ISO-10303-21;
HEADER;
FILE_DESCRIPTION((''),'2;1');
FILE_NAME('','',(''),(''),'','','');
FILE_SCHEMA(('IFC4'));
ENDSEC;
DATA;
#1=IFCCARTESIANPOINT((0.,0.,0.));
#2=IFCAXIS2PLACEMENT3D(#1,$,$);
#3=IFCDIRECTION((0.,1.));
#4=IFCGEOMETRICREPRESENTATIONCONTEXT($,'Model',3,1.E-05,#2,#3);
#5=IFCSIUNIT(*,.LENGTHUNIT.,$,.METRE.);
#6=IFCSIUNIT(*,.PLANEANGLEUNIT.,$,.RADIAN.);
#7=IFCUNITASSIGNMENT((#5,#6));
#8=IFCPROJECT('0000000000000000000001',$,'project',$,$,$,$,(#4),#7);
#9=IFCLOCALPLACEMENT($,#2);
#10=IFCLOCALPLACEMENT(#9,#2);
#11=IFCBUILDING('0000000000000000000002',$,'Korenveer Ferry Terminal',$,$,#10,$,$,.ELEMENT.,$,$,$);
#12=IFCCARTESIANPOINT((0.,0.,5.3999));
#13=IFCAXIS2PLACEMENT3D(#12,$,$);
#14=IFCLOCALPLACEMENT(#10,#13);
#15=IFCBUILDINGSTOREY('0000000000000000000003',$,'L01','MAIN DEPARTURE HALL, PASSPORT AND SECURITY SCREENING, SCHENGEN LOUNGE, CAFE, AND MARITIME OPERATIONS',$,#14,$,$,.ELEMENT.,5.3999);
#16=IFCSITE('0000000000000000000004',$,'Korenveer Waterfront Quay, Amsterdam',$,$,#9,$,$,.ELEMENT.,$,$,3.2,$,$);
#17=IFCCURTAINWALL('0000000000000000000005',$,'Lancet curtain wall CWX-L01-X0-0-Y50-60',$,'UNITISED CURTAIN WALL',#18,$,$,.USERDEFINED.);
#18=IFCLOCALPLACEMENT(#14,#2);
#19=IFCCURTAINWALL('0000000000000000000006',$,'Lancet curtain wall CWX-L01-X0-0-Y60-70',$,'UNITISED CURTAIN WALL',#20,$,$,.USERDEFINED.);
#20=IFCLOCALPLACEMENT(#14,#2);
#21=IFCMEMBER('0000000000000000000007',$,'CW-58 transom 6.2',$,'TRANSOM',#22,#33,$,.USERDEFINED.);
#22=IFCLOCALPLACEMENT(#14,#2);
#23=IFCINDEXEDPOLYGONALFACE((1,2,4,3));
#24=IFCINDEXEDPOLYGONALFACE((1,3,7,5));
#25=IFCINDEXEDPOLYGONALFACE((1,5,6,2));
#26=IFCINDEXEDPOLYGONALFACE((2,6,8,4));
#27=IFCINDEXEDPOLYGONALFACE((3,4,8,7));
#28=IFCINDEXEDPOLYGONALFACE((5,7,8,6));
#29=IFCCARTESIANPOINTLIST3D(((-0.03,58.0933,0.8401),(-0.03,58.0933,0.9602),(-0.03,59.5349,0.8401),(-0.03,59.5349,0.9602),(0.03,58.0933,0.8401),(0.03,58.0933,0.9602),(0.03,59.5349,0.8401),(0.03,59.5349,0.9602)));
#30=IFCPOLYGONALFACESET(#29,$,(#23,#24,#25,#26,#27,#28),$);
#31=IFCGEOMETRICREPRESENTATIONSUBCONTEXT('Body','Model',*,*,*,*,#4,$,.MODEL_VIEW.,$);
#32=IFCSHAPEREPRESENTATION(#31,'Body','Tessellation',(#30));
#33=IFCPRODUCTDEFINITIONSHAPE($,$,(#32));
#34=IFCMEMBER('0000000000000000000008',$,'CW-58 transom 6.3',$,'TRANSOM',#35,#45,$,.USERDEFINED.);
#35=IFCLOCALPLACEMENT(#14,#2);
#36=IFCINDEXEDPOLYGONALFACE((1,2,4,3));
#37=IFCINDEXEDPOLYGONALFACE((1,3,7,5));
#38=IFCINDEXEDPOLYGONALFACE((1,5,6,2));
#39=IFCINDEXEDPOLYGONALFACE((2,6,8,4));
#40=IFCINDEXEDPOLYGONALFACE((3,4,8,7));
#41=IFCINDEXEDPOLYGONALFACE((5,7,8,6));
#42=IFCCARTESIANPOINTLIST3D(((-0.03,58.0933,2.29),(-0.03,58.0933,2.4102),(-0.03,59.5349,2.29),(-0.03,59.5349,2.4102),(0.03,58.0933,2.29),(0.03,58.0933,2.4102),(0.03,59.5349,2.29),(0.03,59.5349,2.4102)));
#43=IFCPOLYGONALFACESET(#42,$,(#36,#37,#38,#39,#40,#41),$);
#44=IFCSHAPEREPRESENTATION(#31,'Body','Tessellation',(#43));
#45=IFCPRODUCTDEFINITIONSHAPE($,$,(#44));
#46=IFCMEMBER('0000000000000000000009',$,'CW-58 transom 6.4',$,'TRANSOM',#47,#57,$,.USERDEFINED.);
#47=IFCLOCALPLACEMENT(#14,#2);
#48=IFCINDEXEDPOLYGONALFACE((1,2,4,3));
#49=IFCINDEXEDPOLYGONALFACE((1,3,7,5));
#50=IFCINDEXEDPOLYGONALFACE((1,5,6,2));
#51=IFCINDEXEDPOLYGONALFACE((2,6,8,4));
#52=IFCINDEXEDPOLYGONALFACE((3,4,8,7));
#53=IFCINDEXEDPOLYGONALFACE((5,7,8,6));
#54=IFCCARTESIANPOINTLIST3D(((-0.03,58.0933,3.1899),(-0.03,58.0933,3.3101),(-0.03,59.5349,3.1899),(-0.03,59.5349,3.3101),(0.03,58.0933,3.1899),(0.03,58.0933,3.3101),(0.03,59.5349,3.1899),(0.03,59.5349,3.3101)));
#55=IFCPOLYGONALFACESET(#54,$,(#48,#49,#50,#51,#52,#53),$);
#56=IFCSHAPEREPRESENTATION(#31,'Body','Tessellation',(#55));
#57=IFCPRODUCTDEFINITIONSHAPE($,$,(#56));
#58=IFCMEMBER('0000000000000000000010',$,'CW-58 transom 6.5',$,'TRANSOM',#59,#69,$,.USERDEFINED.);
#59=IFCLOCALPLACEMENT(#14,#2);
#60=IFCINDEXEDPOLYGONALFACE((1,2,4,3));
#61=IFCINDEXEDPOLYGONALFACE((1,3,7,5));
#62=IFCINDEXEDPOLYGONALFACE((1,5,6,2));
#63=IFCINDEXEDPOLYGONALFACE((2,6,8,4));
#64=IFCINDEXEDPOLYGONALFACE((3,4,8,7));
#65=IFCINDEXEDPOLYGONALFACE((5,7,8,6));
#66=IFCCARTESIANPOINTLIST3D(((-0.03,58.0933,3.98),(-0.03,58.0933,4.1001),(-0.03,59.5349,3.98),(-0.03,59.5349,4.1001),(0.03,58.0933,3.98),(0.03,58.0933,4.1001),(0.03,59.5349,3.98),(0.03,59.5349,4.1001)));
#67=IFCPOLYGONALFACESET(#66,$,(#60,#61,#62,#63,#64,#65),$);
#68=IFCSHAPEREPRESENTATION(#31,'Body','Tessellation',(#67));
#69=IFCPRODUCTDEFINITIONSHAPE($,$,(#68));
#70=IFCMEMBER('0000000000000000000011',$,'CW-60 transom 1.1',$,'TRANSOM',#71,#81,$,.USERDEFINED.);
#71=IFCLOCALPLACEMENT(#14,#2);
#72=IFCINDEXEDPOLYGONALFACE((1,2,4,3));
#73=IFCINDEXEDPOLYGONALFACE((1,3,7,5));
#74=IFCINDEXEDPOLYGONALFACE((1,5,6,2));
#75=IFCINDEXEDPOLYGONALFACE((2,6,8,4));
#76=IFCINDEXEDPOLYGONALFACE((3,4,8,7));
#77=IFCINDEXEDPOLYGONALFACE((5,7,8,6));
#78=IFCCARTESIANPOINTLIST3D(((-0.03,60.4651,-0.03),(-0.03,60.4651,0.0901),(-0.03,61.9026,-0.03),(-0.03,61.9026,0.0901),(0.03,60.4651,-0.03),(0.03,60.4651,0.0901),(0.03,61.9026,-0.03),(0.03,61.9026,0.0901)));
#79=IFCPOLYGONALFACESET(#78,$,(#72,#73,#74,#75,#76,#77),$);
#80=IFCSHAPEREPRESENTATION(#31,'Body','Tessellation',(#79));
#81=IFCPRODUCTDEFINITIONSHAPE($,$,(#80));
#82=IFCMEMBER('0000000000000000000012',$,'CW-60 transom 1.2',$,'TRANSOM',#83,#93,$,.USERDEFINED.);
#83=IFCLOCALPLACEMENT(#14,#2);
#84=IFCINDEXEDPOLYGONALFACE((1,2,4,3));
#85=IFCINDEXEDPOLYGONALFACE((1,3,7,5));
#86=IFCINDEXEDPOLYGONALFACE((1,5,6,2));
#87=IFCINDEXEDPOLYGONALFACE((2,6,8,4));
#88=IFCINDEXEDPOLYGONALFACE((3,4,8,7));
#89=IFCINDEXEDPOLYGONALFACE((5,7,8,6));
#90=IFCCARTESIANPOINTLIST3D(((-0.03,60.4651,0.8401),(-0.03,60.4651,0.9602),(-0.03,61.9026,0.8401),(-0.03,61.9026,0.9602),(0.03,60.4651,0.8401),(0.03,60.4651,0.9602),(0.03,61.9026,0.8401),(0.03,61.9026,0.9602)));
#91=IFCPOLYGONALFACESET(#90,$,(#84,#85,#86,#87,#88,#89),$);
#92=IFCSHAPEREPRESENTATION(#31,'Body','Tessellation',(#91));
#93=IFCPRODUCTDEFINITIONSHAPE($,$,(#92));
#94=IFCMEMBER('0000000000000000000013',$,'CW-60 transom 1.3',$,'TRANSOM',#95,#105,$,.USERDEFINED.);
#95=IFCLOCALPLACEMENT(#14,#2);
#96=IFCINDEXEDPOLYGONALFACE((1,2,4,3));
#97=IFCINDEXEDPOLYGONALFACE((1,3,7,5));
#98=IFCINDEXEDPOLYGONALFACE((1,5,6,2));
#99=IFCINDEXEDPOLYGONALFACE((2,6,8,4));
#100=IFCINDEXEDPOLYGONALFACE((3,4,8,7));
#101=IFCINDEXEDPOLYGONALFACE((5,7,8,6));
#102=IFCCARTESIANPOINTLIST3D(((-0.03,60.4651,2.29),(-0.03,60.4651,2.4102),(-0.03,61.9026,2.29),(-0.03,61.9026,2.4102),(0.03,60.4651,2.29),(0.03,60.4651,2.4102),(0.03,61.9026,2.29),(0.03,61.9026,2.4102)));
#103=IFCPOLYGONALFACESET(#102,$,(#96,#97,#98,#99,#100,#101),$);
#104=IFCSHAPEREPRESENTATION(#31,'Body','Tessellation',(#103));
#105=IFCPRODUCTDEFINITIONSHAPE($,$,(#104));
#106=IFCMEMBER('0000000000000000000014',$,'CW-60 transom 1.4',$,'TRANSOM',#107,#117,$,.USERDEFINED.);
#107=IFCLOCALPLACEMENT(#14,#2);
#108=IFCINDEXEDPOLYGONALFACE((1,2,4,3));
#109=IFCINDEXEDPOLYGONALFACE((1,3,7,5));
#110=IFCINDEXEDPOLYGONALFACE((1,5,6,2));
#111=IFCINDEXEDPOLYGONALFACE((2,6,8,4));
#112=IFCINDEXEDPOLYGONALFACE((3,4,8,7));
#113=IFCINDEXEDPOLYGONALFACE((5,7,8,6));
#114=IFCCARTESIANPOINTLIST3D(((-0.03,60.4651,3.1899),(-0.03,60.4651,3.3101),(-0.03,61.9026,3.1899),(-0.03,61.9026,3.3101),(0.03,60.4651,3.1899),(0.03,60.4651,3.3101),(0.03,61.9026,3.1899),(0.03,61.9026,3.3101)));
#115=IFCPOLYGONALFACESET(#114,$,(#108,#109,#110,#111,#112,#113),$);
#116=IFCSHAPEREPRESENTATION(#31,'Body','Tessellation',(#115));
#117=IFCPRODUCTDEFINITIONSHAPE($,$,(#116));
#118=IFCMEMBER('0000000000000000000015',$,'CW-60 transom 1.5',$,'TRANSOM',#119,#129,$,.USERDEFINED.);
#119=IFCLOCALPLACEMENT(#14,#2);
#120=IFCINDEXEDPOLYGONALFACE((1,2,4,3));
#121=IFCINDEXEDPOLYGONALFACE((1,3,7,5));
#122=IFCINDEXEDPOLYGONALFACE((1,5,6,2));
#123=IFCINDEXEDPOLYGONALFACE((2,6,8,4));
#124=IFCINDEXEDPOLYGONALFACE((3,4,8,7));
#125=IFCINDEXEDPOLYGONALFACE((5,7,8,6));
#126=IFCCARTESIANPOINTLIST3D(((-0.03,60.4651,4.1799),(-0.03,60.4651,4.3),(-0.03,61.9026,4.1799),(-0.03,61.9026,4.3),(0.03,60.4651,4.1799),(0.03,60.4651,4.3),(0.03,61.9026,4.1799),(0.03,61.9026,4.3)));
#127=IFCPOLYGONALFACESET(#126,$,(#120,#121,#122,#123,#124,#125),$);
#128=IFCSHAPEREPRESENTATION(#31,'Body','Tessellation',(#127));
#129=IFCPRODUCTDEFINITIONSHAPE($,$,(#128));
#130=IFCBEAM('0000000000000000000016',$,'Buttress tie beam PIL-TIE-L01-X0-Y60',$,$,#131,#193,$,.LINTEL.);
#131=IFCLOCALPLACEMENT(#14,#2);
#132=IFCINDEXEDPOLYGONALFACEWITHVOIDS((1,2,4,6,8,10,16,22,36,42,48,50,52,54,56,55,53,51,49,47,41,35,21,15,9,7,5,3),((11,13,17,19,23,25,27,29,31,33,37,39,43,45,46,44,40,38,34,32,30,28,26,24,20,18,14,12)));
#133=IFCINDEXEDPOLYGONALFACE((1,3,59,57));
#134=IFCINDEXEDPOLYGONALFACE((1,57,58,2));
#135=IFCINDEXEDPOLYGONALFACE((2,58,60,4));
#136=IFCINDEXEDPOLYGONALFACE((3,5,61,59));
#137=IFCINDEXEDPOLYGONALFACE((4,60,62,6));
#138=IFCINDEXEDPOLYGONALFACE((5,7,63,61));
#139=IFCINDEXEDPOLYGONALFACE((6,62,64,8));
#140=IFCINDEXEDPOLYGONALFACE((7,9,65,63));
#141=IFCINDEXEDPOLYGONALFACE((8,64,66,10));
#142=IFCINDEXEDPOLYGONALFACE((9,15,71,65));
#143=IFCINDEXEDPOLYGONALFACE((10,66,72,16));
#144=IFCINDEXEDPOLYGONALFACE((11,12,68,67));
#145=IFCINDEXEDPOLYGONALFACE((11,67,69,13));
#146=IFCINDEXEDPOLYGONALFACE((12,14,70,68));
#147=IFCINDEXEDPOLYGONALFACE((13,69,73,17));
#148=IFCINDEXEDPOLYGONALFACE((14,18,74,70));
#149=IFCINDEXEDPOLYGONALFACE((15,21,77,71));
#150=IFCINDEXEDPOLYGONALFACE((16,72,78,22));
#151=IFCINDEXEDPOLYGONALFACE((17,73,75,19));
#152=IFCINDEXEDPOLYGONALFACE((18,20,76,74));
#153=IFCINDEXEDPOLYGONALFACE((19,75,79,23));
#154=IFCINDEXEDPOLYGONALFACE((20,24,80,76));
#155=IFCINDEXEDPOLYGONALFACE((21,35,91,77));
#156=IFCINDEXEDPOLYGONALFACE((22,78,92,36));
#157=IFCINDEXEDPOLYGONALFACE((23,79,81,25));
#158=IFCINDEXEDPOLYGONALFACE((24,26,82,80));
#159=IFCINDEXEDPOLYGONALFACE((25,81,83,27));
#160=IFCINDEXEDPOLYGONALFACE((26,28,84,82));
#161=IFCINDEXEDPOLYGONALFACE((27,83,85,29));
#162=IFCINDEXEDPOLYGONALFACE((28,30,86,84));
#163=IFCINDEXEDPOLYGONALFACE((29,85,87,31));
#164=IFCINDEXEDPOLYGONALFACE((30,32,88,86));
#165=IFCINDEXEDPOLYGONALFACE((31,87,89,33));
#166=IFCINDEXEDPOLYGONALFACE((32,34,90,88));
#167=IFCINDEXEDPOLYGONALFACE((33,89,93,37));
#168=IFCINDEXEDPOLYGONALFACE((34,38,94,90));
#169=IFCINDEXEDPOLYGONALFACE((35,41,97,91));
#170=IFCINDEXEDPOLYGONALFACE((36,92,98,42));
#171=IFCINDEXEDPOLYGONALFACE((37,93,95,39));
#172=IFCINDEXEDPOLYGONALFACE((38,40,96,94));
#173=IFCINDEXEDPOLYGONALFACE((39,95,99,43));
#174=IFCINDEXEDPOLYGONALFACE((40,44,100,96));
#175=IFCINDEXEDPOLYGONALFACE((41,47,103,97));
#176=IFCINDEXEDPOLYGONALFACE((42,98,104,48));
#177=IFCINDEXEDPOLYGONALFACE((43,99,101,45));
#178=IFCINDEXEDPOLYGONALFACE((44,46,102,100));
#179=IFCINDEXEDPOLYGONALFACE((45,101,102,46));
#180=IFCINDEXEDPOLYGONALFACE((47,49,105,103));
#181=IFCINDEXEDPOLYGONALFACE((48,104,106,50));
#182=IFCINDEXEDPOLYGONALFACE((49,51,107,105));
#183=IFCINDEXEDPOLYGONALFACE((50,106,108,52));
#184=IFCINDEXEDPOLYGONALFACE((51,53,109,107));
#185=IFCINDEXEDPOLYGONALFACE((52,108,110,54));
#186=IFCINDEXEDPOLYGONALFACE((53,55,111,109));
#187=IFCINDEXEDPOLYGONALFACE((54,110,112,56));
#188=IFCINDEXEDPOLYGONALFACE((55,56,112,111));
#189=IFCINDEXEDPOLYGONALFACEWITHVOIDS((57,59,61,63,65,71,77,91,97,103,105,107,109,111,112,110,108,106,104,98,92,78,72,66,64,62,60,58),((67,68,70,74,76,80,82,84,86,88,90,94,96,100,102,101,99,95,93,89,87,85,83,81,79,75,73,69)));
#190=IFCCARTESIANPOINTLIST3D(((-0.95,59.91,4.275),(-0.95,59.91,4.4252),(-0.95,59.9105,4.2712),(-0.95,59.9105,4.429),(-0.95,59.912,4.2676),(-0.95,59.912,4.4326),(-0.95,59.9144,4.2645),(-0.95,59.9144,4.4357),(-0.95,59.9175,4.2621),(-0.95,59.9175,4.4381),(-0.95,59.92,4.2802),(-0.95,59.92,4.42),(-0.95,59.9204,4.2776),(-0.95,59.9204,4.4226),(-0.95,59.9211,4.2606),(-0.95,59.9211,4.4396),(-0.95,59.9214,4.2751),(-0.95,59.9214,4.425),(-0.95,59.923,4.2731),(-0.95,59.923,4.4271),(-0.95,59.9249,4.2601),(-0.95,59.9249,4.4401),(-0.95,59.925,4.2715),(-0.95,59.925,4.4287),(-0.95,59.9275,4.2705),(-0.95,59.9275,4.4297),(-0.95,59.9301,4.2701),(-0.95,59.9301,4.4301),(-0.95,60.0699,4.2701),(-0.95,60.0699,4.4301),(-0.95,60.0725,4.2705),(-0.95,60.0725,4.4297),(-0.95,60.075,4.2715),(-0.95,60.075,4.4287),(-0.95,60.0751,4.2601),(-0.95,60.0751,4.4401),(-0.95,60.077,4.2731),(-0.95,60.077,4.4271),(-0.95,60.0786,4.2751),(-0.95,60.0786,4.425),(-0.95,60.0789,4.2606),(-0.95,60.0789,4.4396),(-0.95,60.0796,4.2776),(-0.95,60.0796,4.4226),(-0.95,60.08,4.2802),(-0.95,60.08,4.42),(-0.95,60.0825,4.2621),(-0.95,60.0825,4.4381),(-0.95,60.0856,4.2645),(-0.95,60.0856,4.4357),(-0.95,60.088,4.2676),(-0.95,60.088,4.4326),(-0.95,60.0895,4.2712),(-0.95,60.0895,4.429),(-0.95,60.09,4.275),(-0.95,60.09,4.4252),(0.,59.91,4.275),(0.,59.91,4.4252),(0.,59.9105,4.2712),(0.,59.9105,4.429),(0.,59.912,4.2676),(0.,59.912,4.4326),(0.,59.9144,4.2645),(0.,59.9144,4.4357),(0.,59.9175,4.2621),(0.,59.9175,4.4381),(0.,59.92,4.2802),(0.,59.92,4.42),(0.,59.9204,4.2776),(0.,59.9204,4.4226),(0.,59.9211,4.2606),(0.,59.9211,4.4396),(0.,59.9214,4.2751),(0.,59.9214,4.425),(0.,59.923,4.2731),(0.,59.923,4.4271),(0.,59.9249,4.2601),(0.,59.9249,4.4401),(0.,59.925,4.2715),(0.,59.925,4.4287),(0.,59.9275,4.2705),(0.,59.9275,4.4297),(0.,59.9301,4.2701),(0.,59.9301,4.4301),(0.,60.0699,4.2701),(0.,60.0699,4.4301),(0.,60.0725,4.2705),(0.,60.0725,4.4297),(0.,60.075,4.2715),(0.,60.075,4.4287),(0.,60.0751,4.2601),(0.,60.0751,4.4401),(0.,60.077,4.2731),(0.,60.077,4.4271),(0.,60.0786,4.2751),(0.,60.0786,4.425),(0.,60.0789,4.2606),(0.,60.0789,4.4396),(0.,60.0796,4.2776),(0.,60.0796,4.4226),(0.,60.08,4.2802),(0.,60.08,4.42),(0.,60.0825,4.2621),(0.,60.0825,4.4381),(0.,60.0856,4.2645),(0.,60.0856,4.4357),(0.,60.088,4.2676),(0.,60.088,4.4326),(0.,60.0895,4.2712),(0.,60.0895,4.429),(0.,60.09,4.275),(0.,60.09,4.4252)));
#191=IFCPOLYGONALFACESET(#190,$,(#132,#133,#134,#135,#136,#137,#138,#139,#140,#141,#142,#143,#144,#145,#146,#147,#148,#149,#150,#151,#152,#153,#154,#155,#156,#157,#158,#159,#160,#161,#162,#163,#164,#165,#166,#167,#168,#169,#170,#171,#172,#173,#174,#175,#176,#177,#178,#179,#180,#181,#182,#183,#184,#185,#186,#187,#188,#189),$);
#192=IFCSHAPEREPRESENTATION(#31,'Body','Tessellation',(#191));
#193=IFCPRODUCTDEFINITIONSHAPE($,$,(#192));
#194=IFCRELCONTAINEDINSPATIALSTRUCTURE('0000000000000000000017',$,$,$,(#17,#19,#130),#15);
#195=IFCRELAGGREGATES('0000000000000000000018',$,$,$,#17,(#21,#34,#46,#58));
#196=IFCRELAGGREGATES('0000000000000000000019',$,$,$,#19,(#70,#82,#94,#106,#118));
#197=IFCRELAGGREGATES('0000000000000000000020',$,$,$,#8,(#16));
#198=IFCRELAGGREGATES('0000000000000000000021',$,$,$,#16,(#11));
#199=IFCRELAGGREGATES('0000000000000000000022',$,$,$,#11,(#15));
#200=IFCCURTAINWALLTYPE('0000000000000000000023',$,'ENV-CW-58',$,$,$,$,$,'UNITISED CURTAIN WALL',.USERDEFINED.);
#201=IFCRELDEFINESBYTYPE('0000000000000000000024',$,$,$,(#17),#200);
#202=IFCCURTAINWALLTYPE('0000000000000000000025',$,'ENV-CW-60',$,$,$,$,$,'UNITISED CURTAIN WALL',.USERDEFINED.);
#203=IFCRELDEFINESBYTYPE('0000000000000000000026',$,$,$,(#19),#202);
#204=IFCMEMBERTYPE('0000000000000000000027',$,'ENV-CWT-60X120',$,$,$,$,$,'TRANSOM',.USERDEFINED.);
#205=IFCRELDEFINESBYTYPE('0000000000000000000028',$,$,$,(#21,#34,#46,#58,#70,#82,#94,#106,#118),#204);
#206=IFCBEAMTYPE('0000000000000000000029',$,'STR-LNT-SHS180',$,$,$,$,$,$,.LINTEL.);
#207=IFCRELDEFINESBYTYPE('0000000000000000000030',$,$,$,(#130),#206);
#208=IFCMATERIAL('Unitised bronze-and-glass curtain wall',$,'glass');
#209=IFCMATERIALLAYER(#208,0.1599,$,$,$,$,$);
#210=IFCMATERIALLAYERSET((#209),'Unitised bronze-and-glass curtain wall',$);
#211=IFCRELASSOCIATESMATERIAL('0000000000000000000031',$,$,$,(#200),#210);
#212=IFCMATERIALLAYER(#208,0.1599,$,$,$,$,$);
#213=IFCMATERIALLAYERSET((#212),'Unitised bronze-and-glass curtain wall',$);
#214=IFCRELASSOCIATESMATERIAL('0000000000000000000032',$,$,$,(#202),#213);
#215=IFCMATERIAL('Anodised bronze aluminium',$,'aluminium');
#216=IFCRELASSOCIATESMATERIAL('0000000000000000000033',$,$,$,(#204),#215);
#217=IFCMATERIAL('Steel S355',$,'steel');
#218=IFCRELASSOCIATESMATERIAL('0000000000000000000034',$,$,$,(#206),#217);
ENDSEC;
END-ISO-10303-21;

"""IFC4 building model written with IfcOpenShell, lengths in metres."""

from ifc_helpers import new_model, si_unit, direction, frame, origin, origin_2d, place, context, subcontext, project, spatial, rectangle, hollow_rectangle, extrude, material, layer, layer_set, material_profile, profile_set, type_object, element, aggregate, save


model = new_model("IFC4")

# Units and contexts
model_context = context("Model", 3, precision=1e-05, world=origin(), true_north=direction((0.0, 1.0)))
body_context = subcontext(model_context, "Body", "Model", "MODEL_VIEW")
ifc_project = project(units=[si_unit("LENGTHUNIT", "METRE"), si_unit("PLANEANGLEUNIT", "RADIAN")], contexts=[model_context])

# Site, building, storey
site_placement = place(None, origin())
site = spatial("IfcSite", under=ifc_project, at=site_placement, Name="Korenveer Waterfront Quay, Amsterdam", CompositionType="ELEMENT", RefElevation=3.2)
building_placement = place(site_placement, origin())
building = spatial("IfcBuilding", under=site, at=building_placement, Name="Korenveer Ferry Terminal", CompositionType="ELEMENT")
storey_placement = place(building_placement, frame((0.0, 0.0, 5.3999)))
storey = spatial("IfcBuildingStorey", under=building, at=storey_placement, Name="L01", Description="MAIN DEPARTURE HALL, PASSPORT AND SECURITY SCREENING, SCHENGEN LOUNGE, CAFE, AND MARITIME OPERATIONS", CompositionType="ELEMENT", Elevation=5.3999)

# Shared definitions
ifc_material_1 = material(Name="Steel S355", Category="steel")

# Curtain walls
ifc_material_2 = material(Name="Unitised bronze-and-glass curtain wall", Category="glass")
ifc_layer_1 = layer(ifc_material_2, 0.1599)
ifc_layer_set_1 = layer_set([ifc_layer_1], Name="Unitised bronze-and-glass curtain wall")
curtain_wall_type_1 = type_object("IfcCurtainWallType", Name="ENV-CW-58", ElementType="UNITISED CURTAIN WALL", PredefinedType="USERDEFINED", material=ifc_layer_set_1)
curtain_wall_1_placement = place(storey_placement, frame((0.0, 50.405, 0.0)))
curtain_wall_1 = element("IfcCurtainWall", 1, at=curtain_wall_1_placement, inside=storey, type_object=curtain_wall_type_1, Name="Lancet curtain wall CWX-L01-X0-0-Y50-60", ObjectType="UNITISED CURTAIN WALL", PredefinedType="USERDEFINED")
ifc_material_3 = material(Name="Anodised bronze aluminium", Category="aluminium")
ifc_layer_2 = layer(ifc_material_2, 0.1599)
ifc_layer_set_2 = layer_set([ifc_layer_2], Name="Unitised bronze-and-glass curtain wall")
curtain_wall_type_2 = type_object("IfcCurtainWallType", Name="ENV-CW-60", ElementType="UNITISED CURTAIN WALL", PredefinedType="USERDEFINED", material=ifc_layer_set_2)
curtain_wall_2_placement = place(storey_placement, frame((0.0, 60.405, 0.0)))
curtain_wall_2 = element("IfcCurtainWall", 2, at=curtain_wall_2_placement, inside=storey, type_object=curtain_wall_type_2, Name="Lancet curtain wall CWX-L01-X0-0-Y60-70", ObjectType="UNITISED CURTAIN WALL", PredefinedType="USERDEFINED")

# Members
ifc_material_profile_1 = material_profile(ifc_material_3, rectangle(XDim=0.0601, YDim=0.1201, at=origin_2d()), Name="ALU 60x120")
ifc_profile_set_1 = profile_set([ifc_material_profile_1], Name="Anodised bronze aluminium")
member_type_1 = type_object("IfcMemberType", Name="ENV-CWT-60X120", ElementType="TRANSOM", PredefinedType="USERDEFINED", material=ifc_profile_set_1)
member_1_placement = place(storey_placement, frame((0.0, 58.0933, 0.9001), z_axis=(0.0, 1.0, 0.0), x_axis=(-1.0, 0.0, 0.0)))
member_1 = element("IfcMember", 3, at=member_1_placement, type_object=member_type_1, Name="CW-58 transom 6.2", ObjectType="TRANSOM", PredefinedType="USERDEFINED", context=body_context, shape_type="SweptSolid", body=[
    extrude(rectangle(XDim=0.0601, YDim=0.1201, at=origin_2d()), origin(), (0.0, 0.0, 1.0), 1.4417),
])
member_2_placement = place(storey_placement, frame((0.0, 58.0933, 2.3501), z_axis=(0.0, 1.0, 0.0), x_axis=(-1.0, 0.0, 0.0)))
member_2 = element("IfcMember", 4, at=member_2_placement, type_object=member_type_1, Name="CW-58 transom 6.3", ObjectType="TRANSOM", PredefinedType="USERDEFINED", context=body_context, shape_type="SweptSolid", body=[
    extrude(rectangle(XDim=0.0601, YDim=0.1201, at=origin_2d()), origin(), (0.0, 0.0, 1.0), 1.4417),
])
member_3_placement = place(storey_placement, frame((0.0, 58.0933, 3.25), z_axis=(0.0, 1.0, 0.0), x_axis=(-1.0, 0.0, 0.0)))
member_3 = element("IfcMember", 5, at=member_3_placement, type_object=member_type_1, Name="CW-58 transom 6.4", ObjectType="TRANSOM", PredefinedType="USERDEFINED", context=body_context, shape_type="SweptSolid", body=[
    extrude(rectangle(XDim=0.0601, YDim=0.1201, at=origin_2d()), origin(), (0.0, 0.0, 1.0), 1.4417),
])
member_4_placement = place(storey_placement, frame((0.0, 58.0933, 4.04), z_axis=(0.0, 1.0, 0.0), x_axis=(-1.0, 0.0, 0.0)))
member_4 = element("IfcMember", 6, at=member_4_placement, type_object=member_type_1, Name="CW-58 transom 6.5", ObjectType="TRANSOM", PredefinedType="USERDEFINED", context=body_context, shape_type="SweptSolid", body=[
    extrude(rectangle(XDim=0.0601, YDim=0.1201, at=origin_2d()), origin(), (0.0, 0.0, 1.0), 1.4417),
])
member_5_placement = place(storey_placement, frame((0.0, 60.4651, 0.03), z_axis=(0.0, 1.0, 0.0), x_axis=(-1.0, 0.0, 0.0)))
member_5 = element("IfcMember", 7, at=member_5_placement, type_object=member_type_1, Name="CW-60 transom 1.1", ObjectType="TRANSOM", PredefinedType="USERDEFINED", context=body_context, shape_type="SweptSolid", body=[
    extrude(rectangle(XDim=0.0601, YDim=0.1201, at=origin_2d()), origin(), (0.0, 0.0, 1.0), 1.4375),
])
member_6_placement = place(storey_placement, frame((0.0, 60.4651, 0.9001), z_axis=(0.0, 1.0, 0.0), x_axis=(-1.0, 0.0, 0.0)))
member_6 = element("IfcMember", 8, at=member_6_placement, type_object=member_type_1, Name="CW-60 transom 1.2", ObjectType="TRANSOM", PredefinedType="USERDEFINED", context=body_context, shape_type="SweptSolid", body=[
    extrude(rectangle(XDim=0.0601, YDim=0.1201, at=origin_2d()), origin(), (0.0, 0.0, 1.0), 1.4375),
])
member_7_placement = place(storey_placement, frame((0.0, 60.4651, 2.3501), z_axis=(0.0, 1.0, 0.0), x_axis=(-1.0, 0.0, 0.0)))
member_7 = element("IfcMember", 9, at=member_7_placement, type_object=member_type_1, Name="CW-60 transom 1.3", ObjectType="TRANSOM", PredefinedType="USERDEFINED", context=body_context, shape_type="SweptSolid", body=[
    extrude(rectangle(XDim=0.0601, YDim=0.1201, at=origin_2d()), origin(), (0.0, 0.0, 1.0), 1.4375),
])
member_8_placement = place(storey_placement, frame((0.0, 60.4651, 3.25), z_axis=(0.0, 1.0, 0.0), x_axis=(-1.0, 0.0, 0.0)))
member_8 = element("IfcMember", 10, at=member_8_placement, type_object=member_type_1, Name="CW-60 transom 1.4", ObjectType="TRANSOM", PredefinedType="USERDEFINED", context=body_context, shape_type="SweptSolid", body=[
    extrude(rectangle(XDim=0.0601, YDim=0.1201, at=origin_2d()), origin(), (0.0, 0.0, 1.0), 1.4375),
])
member_9_placement = place(storey_placement, frame((0.0, 60.4651, 4.24), z_axis=(0.0, 1.0, 0.0), x_axis=(-1.0, 0.0, 0.0)))
member_9 = element("IfcMember", 11, at=member_9_placement, type_object=member_type_1, Name="CW-60 transom 1.5", ObjectType="TRANSOM", PredefinedType="USERDEFINED", context=body_context, shape_type="SweptSolid", body=[
    extrude(rectangle(XDim=0.0601, YDim=0.1201, at=origin_2d()), origin(), (0.0, 0.0, 1.0), 1.4375),
])

# Beam
ifc_material_profile_2 = material_profile(ifc_material_1, hollow_rectangle(XDim=0.1799, YDim=0.1799, WallThickness=0.01, InnerFilletRadius=0.01, OuterFilletRadius=0.0149, at=origin_2d()), Name="SHS 180x180x10")
ifc_profile_set_2 = profile_set([ifc_material_profile_2], Name="Steel S355")
beam_type_1 = type_object("IfcBeamType", Name="STR-LNT-SHS180", PredefinedType="LINTEL", material=ifc_profile_set_2)
beam_1_placement = place(storey_placement, frame((-0.95, 60.0, 4.3501), z_axis=(1.0, 0.0, 0.0), x_axis=(0.0, 1.0, 0.0)))
element("IfcBeam", 12, at=beam_1_placement, inside=storey, type_object=beam_type_1, Name="Buttress tie beam PIL-TIE-L01-X0-Y60", PredefinedType="LINTEL", context=body_context, shape_type="SweptSolid", body=[
    extrude(hollow_rectangle(XDim=0.1799, YDim=0.1799, WallThickness=0.01, InnerFilletRadius=0.01, OuterFilletRadius=0.0149, at=origin_2d()), origin(), (0.0, 0.0, 1.0), 0.95),
])

aggregate(curtain_wall_1, [member_1, member_2, member_3, member_4])
aggregate(curtain_wall_2, [member_5, member_6, member_7, member_8, member_9])

save(model, "model.ifc")
